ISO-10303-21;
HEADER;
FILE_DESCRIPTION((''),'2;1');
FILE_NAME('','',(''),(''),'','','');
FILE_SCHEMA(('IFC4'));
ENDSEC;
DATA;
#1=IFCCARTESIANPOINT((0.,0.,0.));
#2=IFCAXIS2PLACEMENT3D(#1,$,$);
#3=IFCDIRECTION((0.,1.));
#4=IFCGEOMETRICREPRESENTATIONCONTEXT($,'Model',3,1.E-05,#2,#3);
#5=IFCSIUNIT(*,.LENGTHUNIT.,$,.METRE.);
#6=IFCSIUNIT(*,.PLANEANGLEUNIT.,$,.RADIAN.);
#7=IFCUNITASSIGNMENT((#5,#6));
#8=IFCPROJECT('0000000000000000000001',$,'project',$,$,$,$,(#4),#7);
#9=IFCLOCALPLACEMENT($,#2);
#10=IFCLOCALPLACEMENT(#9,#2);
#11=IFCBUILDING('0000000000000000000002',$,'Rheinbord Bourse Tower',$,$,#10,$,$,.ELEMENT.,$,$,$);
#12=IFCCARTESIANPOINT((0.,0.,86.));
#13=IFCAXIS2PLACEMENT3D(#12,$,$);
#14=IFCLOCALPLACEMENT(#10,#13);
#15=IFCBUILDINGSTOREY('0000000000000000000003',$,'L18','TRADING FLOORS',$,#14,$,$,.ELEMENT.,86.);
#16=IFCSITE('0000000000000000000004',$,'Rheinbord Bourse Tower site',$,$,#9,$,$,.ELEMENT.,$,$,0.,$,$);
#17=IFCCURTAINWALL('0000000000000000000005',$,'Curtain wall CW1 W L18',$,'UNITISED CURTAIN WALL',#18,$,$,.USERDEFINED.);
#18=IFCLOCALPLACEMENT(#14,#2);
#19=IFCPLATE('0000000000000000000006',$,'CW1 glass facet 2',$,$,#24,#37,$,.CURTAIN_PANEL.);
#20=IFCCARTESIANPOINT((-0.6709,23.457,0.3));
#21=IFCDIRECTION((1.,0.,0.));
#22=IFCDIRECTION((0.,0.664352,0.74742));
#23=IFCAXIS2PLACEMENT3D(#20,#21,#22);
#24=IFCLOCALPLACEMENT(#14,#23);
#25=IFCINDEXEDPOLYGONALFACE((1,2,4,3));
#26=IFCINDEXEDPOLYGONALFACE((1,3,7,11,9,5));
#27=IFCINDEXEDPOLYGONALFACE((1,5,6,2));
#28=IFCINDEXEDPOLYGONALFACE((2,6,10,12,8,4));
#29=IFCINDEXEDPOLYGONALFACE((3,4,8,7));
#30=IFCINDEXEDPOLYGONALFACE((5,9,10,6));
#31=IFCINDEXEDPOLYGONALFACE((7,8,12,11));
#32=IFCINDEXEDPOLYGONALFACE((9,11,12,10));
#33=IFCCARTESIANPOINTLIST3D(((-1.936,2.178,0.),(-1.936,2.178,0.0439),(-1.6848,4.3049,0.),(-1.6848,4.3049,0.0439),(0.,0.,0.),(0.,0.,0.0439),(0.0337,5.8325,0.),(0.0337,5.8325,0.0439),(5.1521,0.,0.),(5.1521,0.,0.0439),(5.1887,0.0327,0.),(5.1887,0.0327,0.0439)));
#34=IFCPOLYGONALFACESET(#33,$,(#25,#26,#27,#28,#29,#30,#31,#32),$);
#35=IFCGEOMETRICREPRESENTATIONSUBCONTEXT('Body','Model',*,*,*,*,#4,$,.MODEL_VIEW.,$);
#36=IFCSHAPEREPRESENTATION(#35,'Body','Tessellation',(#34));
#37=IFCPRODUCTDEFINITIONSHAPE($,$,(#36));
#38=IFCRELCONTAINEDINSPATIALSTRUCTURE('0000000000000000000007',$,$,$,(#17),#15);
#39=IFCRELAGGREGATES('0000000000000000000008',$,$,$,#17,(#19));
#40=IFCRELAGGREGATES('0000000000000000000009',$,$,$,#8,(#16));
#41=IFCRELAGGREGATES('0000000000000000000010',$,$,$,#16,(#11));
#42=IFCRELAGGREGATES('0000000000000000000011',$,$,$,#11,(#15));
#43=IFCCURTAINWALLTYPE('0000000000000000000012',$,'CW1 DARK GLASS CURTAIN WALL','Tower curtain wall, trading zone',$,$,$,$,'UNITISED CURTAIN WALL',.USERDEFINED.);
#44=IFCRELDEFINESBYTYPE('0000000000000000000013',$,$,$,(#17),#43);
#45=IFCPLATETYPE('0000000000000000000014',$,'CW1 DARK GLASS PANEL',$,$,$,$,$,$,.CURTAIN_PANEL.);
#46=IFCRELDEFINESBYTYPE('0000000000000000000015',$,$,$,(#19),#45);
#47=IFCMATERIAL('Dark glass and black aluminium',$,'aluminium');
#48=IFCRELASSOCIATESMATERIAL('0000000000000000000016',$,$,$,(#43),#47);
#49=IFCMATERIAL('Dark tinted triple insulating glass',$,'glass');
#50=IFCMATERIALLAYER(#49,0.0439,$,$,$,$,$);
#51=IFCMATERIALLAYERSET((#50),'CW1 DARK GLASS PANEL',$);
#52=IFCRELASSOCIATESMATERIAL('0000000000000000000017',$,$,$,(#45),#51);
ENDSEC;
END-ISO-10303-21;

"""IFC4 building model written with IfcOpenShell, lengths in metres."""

from ifc_helpers import new_model, si_unit, direction, frame, origin, place, context, subcontext, project, spatial, polyline, outline, extrude, material, layer, layer_set, type_object, element, aggregate, save


model = new_model("IFC4")

# Units and contexts
model_context = context("Model", 3, precision=1e-05, world=origin(), true_north=direction((0.0, 1.0)))
body_context = subcontext(model_context, "Body", "Model", "MODEL_VIEW")
ifc_project = project(units=[si_unit("LENGTHUNIT", "METRE"), si_unit("PLANEANGLEUNIT", "RADIAN")], contexts=[model_context])

# Site, building, storey
site_placement = place(None, origin())
site = spatial("IfcSite", under=ifc_project, at=site_placement, Name="Rheinbord Bourse Tower site", CompositionType="ELEMENT", RefElevation=0.0)
building_placement = place(site_placement, origin())
building = spatial("IfcBuilding", under=site, at=building_placement, Name="Rheinbord Bourse Tower", CompositionType="ELEMENT")
storey_placement = place(building_placement, frame((0.0, 0.0, 86.0)))
storey = spatial("IfcBuildingStorey", under=building, at=storey_placement, Name="L18", Description="TRADING FLOORS", CompositionType="ELEMENT", Elevation=86.0)

# Curtain wall
ifc_material_1 = material(Name="Dark glass and black aluminium", Category="aluminium")
curtain_wall_type = type_object("IfcCurtainWallType", Name="CW1 DARK GLASS CURTAIN WALL", Description="Tower curtain wall, trading zone", ElementType="UNITISED CURTAIN WALL", PredefinedType="USERDEFINED", material=ifc_material_1)
curtain_wall_placement = place(storey_placement, origin())
curtain_wall = element("IfcCurtainWall", 1, at=curtain_wall_placement, inside=storey, type_object=curtain_wall_type, Name="Curtain wall CW1 W L18", ObjectType="UNITISED CURTAIN WALL", PredefinedType="USERDEFINED")

# Plate
ifc_material_2 = material(Name="Dark tinted triple insulating glass", Category="glass")
ifc_layer_1 = layer(ifc_material_2, 0.0439)
ifc_layer_set_1 = layer_set([ifc_layer_1], Name="CW1 DARK GLASS PANEL")
plate_type = type_object("IfcPlateType", Name="CW1 DARK GLASS PANEL", PredefinedType="CURTAIN_PANEL", material=ifc_layer_set_1)
plate_1_placement = place(storey_placement, frame((-0.6709, 23.457, 0.3), z_axis=(1.0, 0.0, 0.0), x_axis=(0.0, 0.664352, 0.74742)))
plate_1 = element("IfcPlate", 2, at=plate_1_placement, type_object=plate_type, Name="CW1 glass facet 2", PredefinedType="CURTAIN_PANEL", context=body_context, shape_type="SweptSolid", body=[
    extrude(outline(polyline([(0.0, 0.0), (5.1521, 0.0), (5.1887, 0.0327), (0.0337, 5.8325), (-1.6848, 4.3049), (-1.936, 2.178), (0.0, 0.0)])), origin(), (0.0, 0.0, 1.0), 0.0439),
])
aggregate(curtain_wall, [plate_1])

save(model, "model.ifc")
